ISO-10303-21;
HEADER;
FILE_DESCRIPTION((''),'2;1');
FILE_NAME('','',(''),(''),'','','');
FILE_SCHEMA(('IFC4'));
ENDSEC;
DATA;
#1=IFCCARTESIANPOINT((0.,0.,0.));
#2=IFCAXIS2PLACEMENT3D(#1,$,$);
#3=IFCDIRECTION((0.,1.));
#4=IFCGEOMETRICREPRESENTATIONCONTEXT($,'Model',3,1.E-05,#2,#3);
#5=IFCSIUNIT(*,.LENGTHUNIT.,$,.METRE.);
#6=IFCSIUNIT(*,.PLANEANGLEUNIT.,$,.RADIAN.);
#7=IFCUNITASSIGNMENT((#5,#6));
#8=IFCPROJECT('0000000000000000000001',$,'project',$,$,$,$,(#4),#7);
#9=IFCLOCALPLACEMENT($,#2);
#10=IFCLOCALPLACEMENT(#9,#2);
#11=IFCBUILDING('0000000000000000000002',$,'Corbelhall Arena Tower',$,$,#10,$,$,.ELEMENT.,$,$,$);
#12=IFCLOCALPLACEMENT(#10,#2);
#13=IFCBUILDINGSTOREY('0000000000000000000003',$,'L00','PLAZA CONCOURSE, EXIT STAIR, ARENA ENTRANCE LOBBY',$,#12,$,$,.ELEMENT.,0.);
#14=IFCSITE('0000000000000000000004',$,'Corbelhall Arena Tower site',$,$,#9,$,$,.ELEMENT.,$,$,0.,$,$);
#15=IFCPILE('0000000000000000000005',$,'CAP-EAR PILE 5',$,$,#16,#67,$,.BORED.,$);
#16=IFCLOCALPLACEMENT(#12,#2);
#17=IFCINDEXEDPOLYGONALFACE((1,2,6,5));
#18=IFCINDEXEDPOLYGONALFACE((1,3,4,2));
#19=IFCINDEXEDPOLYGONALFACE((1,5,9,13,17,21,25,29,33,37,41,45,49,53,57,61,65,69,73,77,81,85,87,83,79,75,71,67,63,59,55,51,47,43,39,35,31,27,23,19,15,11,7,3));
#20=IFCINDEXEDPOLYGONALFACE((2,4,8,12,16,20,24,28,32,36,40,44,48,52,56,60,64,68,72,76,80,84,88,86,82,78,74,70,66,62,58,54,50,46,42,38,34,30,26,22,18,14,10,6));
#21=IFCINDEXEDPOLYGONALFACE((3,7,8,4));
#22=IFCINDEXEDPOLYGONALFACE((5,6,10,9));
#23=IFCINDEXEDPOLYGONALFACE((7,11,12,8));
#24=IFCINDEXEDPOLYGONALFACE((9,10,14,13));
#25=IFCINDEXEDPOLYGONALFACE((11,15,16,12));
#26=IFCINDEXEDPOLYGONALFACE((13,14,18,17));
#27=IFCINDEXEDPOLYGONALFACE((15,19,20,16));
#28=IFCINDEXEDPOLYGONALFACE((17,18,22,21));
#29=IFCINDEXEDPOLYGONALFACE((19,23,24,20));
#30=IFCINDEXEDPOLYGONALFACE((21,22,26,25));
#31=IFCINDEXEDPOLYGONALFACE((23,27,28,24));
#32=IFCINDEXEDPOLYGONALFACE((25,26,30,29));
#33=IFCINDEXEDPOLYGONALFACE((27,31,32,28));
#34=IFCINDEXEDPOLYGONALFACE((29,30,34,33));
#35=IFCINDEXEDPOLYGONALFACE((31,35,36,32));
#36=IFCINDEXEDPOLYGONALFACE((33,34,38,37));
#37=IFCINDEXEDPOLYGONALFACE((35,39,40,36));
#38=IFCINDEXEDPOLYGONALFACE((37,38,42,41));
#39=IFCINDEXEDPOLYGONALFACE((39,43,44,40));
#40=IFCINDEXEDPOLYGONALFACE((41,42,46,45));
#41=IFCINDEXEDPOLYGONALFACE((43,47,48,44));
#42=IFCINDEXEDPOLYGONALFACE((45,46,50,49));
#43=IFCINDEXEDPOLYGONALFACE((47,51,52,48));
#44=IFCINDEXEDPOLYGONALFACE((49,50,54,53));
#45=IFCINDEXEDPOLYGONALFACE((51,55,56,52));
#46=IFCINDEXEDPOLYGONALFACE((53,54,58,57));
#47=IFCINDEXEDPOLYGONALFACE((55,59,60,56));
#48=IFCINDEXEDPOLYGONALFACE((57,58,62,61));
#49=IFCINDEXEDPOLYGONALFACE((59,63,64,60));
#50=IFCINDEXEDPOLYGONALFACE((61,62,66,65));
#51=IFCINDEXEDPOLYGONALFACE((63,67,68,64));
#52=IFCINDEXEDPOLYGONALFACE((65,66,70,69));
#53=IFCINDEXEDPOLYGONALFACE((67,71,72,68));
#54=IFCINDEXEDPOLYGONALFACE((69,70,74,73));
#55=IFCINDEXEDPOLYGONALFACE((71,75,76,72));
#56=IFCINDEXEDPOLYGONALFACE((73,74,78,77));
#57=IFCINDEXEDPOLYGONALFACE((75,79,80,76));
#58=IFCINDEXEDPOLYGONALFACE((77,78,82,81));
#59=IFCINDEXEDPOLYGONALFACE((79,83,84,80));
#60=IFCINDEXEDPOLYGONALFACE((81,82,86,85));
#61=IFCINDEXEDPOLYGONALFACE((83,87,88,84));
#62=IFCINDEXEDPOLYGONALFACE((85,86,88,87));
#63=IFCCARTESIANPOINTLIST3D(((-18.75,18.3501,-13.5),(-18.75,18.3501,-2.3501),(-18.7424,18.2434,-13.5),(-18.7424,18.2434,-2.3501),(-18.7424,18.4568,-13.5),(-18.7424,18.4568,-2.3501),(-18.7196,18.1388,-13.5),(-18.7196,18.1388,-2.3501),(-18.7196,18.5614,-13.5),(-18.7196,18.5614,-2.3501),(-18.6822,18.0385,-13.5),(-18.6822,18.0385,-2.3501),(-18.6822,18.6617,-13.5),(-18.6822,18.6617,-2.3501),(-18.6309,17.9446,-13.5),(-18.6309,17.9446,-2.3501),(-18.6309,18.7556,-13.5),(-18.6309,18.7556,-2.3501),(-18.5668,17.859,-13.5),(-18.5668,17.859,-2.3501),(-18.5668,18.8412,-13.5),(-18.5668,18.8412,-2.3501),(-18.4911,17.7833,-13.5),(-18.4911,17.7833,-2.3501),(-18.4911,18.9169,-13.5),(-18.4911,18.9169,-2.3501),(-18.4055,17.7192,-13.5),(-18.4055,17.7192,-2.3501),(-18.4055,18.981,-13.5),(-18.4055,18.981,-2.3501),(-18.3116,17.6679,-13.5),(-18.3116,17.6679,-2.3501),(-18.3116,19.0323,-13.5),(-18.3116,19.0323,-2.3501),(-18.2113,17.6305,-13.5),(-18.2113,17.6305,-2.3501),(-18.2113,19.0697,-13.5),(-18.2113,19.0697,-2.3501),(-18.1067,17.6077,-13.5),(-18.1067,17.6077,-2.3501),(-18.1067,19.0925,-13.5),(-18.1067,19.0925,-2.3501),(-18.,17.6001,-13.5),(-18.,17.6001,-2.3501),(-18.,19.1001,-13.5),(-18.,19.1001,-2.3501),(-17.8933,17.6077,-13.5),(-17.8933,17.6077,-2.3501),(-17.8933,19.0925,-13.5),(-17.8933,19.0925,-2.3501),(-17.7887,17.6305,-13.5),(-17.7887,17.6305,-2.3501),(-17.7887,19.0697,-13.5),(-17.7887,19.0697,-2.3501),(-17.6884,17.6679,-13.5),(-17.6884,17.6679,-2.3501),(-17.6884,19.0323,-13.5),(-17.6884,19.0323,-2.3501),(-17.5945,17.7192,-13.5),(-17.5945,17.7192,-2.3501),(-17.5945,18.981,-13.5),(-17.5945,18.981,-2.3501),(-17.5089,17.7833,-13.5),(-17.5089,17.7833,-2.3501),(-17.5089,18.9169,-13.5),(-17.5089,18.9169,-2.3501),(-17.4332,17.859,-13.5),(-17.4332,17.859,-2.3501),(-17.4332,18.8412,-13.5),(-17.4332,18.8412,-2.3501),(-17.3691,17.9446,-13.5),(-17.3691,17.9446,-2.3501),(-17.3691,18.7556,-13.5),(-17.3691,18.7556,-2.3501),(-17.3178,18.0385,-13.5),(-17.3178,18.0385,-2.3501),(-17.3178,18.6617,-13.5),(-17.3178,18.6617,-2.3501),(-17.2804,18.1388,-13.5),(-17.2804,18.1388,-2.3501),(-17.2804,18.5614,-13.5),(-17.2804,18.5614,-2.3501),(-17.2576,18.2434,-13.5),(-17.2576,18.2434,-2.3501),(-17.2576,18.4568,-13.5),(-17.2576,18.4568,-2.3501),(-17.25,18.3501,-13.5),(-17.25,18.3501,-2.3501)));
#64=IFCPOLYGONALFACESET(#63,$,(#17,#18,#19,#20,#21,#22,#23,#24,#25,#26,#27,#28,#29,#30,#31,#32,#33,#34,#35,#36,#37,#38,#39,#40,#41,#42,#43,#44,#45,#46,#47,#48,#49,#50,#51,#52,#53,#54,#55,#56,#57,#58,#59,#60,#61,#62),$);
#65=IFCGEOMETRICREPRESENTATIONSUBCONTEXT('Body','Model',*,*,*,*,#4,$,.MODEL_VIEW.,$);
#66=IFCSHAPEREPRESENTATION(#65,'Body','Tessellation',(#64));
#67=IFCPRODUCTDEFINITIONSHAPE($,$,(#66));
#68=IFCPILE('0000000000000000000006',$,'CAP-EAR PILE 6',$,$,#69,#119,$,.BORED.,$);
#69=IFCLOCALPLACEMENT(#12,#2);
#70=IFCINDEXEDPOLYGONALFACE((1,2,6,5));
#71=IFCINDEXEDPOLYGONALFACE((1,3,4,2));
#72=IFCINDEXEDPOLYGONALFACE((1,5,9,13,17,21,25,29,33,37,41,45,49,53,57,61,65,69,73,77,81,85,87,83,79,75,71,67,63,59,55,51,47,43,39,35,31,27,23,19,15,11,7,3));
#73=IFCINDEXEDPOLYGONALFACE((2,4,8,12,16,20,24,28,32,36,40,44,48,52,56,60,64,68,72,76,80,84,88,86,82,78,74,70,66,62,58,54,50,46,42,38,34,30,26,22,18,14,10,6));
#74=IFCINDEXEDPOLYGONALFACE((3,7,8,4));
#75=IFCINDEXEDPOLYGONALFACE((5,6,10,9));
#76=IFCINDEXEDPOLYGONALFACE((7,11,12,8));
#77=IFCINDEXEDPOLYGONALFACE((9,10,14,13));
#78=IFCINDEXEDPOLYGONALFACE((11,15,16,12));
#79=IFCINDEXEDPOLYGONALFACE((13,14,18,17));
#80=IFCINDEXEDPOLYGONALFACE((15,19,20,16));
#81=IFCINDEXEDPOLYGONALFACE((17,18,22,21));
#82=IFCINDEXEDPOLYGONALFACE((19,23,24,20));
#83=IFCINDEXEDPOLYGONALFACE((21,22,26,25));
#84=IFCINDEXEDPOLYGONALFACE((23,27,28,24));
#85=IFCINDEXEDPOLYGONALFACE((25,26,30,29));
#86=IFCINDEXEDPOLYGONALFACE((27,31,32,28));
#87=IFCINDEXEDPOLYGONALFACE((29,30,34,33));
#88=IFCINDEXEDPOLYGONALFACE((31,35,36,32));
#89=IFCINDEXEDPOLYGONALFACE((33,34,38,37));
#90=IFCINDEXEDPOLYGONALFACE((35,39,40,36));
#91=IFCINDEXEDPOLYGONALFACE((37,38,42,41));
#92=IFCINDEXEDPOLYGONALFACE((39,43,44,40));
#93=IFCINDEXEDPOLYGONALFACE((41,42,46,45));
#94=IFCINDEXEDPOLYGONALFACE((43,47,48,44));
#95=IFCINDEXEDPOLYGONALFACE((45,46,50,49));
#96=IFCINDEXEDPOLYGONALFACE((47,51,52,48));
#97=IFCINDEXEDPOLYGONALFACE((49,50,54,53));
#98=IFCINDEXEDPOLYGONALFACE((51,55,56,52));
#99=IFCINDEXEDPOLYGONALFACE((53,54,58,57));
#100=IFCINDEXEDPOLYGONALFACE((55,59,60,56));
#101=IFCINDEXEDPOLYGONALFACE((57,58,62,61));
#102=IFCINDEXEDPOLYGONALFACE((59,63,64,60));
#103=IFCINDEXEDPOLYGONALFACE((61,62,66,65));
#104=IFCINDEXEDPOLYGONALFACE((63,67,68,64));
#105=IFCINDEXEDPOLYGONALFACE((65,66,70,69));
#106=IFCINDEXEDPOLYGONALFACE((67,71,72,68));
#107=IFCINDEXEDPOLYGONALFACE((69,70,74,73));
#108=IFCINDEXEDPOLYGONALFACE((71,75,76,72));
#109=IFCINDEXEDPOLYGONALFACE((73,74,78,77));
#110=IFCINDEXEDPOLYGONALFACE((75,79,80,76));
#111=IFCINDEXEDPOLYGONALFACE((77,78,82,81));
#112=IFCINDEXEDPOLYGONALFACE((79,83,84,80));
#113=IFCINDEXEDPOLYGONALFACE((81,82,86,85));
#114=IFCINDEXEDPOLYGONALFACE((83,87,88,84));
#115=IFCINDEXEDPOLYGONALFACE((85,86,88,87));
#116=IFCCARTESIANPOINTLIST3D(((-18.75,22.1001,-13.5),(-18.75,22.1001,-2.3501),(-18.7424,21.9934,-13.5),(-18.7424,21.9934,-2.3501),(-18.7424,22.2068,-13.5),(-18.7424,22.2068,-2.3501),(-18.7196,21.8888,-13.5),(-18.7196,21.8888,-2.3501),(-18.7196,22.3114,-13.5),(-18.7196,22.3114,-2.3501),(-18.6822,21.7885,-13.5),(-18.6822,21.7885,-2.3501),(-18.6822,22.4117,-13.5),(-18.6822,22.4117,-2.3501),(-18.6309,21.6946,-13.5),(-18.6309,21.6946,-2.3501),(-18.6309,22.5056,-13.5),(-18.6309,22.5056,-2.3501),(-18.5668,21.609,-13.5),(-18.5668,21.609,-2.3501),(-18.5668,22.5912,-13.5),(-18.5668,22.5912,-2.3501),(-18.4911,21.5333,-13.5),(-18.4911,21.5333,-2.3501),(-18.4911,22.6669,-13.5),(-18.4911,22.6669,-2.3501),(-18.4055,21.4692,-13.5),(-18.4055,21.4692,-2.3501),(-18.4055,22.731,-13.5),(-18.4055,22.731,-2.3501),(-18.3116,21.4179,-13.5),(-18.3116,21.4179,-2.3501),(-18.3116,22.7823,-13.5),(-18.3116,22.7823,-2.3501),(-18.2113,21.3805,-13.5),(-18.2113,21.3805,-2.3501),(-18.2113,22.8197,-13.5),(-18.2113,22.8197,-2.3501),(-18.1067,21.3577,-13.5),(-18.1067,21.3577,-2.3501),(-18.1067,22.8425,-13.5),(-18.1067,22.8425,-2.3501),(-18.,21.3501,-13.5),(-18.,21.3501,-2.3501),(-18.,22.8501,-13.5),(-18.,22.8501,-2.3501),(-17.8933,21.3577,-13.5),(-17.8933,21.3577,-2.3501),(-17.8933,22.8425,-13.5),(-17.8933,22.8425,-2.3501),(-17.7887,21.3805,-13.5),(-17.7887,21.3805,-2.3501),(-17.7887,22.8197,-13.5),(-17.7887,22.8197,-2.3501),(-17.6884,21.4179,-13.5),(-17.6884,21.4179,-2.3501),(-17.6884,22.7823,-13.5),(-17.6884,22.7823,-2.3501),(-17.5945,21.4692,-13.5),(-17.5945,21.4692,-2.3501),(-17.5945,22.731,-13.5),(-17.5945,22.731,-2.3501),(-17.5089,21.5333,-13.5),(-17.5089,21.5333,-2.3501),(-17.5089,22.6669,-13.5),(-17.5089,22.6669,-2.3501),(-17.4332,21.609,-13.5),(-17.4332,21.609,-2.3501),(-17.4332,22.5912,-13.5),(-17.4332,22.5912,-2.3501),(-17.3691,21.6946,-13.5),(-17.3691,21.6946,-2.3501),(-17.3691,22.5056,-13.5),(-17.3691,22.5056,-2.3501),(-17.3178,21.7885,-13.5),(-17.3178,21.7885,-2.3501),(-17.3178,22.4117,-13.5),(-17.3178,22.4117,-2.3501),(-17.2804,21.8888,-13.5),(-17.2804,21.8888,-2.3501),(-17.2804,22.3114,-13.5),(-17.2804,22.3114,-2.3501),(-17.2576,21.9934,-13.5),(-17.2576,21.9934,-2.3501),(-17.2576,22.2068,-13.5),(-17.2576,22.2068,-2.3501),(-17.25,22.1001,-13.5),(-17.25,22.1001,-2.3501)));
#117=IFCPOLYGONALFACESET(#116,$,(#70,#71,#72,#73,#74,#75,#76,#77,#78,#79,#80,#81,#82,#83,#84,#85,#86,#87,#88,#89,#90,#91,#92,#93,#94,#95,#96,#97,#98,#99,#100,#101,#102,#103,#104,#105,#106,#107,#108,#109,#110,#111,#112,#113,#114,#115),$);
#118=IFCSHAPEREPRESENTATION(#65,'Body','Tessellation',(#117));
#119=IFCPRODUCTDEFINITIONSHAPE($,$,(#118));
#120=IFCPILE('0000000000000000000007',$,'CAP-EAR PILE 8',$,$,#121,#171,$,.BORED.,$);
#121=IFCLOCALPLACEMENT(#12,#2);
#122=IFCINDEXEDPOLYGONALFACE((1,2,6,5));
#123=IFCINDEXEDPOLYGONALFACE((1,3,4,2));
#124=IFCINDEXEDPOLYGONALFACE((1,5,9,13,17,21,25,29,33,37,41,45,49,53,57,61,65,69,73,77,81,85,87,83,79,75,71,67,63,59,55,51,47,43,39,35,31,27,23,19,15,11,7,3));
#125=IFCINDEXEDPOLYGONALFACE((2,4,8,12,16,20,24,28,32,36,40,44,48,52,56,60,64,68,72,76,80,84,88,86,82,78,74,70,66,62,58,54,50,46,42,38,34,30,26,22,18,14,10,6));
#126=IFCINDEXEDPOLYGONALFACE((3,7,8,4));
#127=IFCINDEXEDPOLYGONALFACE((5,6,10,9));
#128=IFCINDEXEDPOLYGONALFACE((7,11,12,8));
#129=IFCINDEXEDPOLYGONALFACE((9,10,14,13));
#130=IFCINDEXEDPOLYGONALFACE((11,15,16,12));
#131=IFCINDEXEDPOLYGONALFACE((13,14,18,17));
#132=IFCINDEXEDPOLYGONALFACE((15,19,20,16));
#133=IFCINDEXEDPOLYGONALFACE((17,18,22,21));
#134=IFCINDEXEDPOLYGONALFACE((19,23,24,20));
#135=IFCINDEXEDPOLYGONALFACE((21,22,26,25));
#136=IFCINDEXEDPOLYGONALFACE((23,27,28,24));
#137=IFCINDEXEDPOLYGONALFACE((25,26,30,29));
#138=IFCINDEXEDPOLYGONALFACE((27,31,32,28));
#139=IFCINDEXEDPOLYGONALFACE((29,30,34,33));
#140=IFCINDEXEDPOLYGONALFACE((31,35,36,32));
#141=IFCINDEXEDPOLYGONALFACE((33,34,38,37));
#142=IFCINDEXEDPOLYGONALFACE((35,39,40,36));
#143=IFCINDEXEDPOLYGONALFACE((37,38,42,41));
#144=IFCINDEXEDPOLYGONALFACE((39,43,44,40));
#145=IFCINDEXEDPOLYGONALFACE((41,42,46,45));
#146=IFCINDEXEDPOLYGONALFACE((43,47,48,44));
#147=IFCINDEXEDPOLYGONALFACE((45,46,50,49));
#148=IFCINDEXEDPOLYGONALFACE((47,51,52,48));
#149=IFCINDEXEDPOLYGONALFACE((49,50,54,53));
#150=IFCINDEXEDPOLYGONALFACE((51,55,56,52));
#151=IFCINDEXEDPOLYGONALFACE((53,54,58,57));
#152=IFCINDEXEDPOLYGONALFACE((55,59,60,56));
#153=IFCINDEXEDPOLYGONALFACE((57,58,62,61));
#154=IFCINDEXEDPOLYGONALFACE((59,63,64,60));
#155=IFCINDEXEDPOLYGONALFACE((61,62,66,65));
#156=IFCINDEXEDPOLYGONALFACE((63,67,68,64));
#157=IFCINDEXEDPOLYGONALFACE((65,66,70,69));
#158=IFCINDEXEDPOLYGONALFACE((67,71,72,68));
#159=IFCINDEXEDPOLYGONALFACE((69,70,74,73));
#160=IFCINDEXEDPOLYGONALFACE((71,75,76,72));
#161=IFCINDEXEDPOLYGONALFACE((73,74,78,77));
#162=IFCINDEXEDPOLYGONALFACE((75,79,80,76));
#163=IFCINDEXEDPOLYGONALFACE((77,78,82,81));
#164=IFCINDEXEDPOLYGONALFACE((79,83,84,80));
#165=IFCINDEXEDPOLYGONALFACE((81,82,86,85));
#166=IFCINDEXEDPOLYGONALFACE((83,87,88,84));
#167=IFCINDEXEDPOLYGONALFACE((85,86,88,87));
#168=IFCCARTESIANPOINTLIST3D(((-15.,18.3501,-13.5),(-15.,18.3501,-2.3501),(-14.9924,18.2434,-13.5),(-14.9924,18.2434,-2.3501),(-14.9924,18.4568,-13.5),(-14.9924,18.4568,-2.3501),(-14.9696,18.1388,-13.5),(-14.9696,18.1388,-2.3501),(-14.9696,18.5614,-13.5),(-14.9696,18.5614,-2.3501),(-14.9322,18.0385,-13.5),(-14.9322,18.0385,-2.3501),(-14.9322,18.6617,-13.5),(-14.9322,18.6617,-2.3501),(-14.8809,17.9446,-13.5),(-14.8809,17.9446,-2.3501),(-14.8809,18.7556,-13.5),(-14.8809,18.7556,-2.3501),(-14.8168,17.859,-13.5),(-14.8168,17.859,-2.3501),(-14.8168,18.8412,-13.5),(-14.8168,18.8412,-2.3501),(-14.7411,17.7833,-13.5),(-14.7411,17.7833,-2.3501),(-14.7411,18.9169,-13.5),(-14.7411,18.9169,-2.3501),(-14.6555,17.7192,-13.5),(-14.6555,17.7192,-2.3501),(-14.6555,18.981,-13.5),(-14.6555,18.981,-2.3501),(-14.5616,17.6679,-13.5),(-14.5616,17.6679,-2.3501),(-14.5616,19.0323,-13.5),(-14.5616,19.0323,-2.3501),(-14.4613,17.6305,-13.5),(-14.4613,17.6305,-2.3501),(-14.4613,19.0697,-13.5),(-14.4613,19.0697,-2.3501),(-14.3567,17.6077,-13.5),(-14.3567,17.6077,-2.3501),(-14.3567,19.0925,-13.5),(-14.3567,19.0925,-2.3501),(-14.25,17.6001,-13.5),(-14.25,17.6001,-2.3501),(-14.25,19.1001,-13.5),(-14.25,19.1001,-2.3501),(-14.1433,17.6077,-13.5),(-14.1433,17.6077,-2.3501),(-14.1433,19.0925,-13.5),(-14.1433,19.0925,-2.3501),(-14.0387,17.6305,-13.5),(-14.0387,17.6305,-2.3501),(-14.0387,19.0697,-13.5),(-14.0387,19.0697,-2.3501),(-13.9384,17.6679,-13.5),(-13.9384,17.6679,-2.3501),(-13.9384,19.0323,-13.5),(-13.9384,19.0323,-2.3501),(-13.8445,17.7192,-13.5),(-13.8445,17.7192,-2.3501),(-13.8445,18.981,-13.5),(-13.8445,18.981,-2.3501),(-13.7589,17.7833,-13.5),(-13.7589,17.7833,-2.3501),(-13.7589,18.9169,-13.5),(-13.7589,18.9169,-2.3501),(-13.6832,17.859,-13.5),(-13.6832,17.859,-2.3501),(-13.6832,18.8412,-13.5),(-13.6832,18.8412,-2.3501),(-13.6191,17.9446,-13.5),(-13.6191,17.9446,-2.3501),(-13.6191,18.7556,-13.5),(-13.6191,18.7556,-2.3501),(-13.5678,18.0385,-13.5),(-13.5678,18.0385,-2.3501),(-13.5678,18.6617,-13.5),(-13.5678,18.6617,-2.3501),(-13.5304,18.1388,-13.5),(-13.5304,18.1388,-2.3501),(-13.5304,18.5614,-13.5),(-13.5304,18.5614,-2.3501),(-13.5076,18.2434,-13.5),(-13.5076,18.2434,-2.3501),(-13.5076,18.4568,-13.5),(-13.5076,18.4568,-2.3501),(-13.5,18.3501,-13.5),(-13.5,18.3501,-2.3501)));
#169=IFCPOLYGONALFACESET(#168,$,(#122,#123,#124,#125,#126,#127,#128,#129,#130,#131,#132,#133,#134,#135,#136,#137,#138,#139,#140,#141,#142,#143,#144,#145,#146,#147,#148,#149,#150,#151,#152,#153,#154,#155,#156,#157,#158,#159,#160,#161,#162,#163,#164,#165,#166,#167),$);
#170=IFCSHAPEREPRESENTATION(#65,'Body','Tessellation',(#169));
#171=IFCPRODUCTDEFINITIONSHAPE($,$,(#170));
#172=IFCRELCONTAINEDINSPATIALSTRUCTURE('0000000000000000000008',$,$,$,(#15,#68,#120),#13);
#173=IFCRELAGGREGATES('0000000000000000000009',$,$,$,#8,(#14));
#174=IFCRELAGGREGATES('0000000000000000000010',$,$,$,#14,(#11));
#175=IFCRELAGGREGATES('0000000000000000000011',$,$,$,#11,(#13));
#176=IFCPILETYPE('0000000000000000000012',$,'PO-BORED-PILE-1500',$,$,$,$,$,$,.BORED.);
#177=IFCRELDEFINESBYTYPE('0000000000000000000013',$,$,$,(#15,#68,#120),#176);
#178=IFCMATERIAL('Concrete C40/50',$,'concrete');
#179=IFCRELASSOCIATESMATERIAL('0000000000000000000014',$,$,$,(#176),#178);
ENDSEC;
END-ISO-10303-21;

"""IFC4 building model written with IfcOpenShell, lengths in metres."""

from ifc_helpers import new_model, si_unit, direction, frame, origin, origin_2d, place, context, subcontext, project, spatial, circle, extrude, material, material_profile, profile_set, type_object, element, save


model = new_model("IFC4")

# Units and contexts
model_context = context("Model", 3, precision=1e-05, world=origin(), true_north=direction((0.0, 1.0)))
body_context = subcontext(model_context, "Body", "Model", "MODEL_VIEW")
ifc_project = project(units=[si_unit("LENGTHUNIT", "METRE"), si_unit("PLANEANGLEUNIT", "RADIAN")], contexts=[model_context])

# Site, building, storey
site_placement = place(None, origin())
site = spatial("IfcSite", under=ifc_project, at=site_placement, Name="Corbelhall Arena Tower site", CompositionType="ELEMENT", RefElevation=0.0)
building_placement = place(site_placement, origin())
building = spatial("IfcBuilding", under=site, at=building_placement, Name="Corbelhall Arena Tower", CompositionType="ELEMENT")
storey_placement = place(building_placement, origin())
storey = spatial("IfcBuildingStorey", under=building, at=storey_placement, Name="L00", Description="PLAZA CONCOURSE, EXIT STAIR, ARENA ENTRANCE LOBBY", CompositionType="ELEMENT", Elevation=0.0)

# Piles
ifc_material_1 = material(Name="Concrete C40/50", Category="concrete")
ifc_material_profile_1 = material_profile(ifc_material_1, circle(Radius=0.75, at=origin_2d()))
ifc_profile_set_1 = profile_set([ifc_material_profile_1], Name="Concrete C40/50")
pile_type_1 = type_object("IfcPileType", Name="PO-BORED-PILE-1500", PredefinedType="BORED", material=ifc_profile_set_1)
for number, where, z_axis, x_axis, name in (
    (1, (-18.0, 18.3501, -2.3501), (0.0, 0.0, -1.0), (1.0, 0.0, 0.0), "CAP-EAR PILE 5"),
    (2, (-18.0, 22.1001, -2.3501), (0.0, 0.0, -1.0), (1.0, 0.0, 0.0), "CAP-EAR PILE 6"),
    (3, (-14.25, 18.3501, -2.3501), (0.0, 0.0, -1.0), (1.0, 0.0, 0.0), "CAP-EAR PILE 8"),
):
    element("IfcPile", number, at=place(storey_placement, frame(where, z_axis=z_axis, x_axis=x_axis)), inside=storey, type_object=pile_type_1, Name=name, PredefinedType="BORED", context=body_context, shape_type="SweptSolid", body=[
        extrude(circle(Radius=0.75, at=origin_2d()), origin(), (0.0, 0.0, 1.0), 11.1499),
    ])

save(model, "model.ifc")
